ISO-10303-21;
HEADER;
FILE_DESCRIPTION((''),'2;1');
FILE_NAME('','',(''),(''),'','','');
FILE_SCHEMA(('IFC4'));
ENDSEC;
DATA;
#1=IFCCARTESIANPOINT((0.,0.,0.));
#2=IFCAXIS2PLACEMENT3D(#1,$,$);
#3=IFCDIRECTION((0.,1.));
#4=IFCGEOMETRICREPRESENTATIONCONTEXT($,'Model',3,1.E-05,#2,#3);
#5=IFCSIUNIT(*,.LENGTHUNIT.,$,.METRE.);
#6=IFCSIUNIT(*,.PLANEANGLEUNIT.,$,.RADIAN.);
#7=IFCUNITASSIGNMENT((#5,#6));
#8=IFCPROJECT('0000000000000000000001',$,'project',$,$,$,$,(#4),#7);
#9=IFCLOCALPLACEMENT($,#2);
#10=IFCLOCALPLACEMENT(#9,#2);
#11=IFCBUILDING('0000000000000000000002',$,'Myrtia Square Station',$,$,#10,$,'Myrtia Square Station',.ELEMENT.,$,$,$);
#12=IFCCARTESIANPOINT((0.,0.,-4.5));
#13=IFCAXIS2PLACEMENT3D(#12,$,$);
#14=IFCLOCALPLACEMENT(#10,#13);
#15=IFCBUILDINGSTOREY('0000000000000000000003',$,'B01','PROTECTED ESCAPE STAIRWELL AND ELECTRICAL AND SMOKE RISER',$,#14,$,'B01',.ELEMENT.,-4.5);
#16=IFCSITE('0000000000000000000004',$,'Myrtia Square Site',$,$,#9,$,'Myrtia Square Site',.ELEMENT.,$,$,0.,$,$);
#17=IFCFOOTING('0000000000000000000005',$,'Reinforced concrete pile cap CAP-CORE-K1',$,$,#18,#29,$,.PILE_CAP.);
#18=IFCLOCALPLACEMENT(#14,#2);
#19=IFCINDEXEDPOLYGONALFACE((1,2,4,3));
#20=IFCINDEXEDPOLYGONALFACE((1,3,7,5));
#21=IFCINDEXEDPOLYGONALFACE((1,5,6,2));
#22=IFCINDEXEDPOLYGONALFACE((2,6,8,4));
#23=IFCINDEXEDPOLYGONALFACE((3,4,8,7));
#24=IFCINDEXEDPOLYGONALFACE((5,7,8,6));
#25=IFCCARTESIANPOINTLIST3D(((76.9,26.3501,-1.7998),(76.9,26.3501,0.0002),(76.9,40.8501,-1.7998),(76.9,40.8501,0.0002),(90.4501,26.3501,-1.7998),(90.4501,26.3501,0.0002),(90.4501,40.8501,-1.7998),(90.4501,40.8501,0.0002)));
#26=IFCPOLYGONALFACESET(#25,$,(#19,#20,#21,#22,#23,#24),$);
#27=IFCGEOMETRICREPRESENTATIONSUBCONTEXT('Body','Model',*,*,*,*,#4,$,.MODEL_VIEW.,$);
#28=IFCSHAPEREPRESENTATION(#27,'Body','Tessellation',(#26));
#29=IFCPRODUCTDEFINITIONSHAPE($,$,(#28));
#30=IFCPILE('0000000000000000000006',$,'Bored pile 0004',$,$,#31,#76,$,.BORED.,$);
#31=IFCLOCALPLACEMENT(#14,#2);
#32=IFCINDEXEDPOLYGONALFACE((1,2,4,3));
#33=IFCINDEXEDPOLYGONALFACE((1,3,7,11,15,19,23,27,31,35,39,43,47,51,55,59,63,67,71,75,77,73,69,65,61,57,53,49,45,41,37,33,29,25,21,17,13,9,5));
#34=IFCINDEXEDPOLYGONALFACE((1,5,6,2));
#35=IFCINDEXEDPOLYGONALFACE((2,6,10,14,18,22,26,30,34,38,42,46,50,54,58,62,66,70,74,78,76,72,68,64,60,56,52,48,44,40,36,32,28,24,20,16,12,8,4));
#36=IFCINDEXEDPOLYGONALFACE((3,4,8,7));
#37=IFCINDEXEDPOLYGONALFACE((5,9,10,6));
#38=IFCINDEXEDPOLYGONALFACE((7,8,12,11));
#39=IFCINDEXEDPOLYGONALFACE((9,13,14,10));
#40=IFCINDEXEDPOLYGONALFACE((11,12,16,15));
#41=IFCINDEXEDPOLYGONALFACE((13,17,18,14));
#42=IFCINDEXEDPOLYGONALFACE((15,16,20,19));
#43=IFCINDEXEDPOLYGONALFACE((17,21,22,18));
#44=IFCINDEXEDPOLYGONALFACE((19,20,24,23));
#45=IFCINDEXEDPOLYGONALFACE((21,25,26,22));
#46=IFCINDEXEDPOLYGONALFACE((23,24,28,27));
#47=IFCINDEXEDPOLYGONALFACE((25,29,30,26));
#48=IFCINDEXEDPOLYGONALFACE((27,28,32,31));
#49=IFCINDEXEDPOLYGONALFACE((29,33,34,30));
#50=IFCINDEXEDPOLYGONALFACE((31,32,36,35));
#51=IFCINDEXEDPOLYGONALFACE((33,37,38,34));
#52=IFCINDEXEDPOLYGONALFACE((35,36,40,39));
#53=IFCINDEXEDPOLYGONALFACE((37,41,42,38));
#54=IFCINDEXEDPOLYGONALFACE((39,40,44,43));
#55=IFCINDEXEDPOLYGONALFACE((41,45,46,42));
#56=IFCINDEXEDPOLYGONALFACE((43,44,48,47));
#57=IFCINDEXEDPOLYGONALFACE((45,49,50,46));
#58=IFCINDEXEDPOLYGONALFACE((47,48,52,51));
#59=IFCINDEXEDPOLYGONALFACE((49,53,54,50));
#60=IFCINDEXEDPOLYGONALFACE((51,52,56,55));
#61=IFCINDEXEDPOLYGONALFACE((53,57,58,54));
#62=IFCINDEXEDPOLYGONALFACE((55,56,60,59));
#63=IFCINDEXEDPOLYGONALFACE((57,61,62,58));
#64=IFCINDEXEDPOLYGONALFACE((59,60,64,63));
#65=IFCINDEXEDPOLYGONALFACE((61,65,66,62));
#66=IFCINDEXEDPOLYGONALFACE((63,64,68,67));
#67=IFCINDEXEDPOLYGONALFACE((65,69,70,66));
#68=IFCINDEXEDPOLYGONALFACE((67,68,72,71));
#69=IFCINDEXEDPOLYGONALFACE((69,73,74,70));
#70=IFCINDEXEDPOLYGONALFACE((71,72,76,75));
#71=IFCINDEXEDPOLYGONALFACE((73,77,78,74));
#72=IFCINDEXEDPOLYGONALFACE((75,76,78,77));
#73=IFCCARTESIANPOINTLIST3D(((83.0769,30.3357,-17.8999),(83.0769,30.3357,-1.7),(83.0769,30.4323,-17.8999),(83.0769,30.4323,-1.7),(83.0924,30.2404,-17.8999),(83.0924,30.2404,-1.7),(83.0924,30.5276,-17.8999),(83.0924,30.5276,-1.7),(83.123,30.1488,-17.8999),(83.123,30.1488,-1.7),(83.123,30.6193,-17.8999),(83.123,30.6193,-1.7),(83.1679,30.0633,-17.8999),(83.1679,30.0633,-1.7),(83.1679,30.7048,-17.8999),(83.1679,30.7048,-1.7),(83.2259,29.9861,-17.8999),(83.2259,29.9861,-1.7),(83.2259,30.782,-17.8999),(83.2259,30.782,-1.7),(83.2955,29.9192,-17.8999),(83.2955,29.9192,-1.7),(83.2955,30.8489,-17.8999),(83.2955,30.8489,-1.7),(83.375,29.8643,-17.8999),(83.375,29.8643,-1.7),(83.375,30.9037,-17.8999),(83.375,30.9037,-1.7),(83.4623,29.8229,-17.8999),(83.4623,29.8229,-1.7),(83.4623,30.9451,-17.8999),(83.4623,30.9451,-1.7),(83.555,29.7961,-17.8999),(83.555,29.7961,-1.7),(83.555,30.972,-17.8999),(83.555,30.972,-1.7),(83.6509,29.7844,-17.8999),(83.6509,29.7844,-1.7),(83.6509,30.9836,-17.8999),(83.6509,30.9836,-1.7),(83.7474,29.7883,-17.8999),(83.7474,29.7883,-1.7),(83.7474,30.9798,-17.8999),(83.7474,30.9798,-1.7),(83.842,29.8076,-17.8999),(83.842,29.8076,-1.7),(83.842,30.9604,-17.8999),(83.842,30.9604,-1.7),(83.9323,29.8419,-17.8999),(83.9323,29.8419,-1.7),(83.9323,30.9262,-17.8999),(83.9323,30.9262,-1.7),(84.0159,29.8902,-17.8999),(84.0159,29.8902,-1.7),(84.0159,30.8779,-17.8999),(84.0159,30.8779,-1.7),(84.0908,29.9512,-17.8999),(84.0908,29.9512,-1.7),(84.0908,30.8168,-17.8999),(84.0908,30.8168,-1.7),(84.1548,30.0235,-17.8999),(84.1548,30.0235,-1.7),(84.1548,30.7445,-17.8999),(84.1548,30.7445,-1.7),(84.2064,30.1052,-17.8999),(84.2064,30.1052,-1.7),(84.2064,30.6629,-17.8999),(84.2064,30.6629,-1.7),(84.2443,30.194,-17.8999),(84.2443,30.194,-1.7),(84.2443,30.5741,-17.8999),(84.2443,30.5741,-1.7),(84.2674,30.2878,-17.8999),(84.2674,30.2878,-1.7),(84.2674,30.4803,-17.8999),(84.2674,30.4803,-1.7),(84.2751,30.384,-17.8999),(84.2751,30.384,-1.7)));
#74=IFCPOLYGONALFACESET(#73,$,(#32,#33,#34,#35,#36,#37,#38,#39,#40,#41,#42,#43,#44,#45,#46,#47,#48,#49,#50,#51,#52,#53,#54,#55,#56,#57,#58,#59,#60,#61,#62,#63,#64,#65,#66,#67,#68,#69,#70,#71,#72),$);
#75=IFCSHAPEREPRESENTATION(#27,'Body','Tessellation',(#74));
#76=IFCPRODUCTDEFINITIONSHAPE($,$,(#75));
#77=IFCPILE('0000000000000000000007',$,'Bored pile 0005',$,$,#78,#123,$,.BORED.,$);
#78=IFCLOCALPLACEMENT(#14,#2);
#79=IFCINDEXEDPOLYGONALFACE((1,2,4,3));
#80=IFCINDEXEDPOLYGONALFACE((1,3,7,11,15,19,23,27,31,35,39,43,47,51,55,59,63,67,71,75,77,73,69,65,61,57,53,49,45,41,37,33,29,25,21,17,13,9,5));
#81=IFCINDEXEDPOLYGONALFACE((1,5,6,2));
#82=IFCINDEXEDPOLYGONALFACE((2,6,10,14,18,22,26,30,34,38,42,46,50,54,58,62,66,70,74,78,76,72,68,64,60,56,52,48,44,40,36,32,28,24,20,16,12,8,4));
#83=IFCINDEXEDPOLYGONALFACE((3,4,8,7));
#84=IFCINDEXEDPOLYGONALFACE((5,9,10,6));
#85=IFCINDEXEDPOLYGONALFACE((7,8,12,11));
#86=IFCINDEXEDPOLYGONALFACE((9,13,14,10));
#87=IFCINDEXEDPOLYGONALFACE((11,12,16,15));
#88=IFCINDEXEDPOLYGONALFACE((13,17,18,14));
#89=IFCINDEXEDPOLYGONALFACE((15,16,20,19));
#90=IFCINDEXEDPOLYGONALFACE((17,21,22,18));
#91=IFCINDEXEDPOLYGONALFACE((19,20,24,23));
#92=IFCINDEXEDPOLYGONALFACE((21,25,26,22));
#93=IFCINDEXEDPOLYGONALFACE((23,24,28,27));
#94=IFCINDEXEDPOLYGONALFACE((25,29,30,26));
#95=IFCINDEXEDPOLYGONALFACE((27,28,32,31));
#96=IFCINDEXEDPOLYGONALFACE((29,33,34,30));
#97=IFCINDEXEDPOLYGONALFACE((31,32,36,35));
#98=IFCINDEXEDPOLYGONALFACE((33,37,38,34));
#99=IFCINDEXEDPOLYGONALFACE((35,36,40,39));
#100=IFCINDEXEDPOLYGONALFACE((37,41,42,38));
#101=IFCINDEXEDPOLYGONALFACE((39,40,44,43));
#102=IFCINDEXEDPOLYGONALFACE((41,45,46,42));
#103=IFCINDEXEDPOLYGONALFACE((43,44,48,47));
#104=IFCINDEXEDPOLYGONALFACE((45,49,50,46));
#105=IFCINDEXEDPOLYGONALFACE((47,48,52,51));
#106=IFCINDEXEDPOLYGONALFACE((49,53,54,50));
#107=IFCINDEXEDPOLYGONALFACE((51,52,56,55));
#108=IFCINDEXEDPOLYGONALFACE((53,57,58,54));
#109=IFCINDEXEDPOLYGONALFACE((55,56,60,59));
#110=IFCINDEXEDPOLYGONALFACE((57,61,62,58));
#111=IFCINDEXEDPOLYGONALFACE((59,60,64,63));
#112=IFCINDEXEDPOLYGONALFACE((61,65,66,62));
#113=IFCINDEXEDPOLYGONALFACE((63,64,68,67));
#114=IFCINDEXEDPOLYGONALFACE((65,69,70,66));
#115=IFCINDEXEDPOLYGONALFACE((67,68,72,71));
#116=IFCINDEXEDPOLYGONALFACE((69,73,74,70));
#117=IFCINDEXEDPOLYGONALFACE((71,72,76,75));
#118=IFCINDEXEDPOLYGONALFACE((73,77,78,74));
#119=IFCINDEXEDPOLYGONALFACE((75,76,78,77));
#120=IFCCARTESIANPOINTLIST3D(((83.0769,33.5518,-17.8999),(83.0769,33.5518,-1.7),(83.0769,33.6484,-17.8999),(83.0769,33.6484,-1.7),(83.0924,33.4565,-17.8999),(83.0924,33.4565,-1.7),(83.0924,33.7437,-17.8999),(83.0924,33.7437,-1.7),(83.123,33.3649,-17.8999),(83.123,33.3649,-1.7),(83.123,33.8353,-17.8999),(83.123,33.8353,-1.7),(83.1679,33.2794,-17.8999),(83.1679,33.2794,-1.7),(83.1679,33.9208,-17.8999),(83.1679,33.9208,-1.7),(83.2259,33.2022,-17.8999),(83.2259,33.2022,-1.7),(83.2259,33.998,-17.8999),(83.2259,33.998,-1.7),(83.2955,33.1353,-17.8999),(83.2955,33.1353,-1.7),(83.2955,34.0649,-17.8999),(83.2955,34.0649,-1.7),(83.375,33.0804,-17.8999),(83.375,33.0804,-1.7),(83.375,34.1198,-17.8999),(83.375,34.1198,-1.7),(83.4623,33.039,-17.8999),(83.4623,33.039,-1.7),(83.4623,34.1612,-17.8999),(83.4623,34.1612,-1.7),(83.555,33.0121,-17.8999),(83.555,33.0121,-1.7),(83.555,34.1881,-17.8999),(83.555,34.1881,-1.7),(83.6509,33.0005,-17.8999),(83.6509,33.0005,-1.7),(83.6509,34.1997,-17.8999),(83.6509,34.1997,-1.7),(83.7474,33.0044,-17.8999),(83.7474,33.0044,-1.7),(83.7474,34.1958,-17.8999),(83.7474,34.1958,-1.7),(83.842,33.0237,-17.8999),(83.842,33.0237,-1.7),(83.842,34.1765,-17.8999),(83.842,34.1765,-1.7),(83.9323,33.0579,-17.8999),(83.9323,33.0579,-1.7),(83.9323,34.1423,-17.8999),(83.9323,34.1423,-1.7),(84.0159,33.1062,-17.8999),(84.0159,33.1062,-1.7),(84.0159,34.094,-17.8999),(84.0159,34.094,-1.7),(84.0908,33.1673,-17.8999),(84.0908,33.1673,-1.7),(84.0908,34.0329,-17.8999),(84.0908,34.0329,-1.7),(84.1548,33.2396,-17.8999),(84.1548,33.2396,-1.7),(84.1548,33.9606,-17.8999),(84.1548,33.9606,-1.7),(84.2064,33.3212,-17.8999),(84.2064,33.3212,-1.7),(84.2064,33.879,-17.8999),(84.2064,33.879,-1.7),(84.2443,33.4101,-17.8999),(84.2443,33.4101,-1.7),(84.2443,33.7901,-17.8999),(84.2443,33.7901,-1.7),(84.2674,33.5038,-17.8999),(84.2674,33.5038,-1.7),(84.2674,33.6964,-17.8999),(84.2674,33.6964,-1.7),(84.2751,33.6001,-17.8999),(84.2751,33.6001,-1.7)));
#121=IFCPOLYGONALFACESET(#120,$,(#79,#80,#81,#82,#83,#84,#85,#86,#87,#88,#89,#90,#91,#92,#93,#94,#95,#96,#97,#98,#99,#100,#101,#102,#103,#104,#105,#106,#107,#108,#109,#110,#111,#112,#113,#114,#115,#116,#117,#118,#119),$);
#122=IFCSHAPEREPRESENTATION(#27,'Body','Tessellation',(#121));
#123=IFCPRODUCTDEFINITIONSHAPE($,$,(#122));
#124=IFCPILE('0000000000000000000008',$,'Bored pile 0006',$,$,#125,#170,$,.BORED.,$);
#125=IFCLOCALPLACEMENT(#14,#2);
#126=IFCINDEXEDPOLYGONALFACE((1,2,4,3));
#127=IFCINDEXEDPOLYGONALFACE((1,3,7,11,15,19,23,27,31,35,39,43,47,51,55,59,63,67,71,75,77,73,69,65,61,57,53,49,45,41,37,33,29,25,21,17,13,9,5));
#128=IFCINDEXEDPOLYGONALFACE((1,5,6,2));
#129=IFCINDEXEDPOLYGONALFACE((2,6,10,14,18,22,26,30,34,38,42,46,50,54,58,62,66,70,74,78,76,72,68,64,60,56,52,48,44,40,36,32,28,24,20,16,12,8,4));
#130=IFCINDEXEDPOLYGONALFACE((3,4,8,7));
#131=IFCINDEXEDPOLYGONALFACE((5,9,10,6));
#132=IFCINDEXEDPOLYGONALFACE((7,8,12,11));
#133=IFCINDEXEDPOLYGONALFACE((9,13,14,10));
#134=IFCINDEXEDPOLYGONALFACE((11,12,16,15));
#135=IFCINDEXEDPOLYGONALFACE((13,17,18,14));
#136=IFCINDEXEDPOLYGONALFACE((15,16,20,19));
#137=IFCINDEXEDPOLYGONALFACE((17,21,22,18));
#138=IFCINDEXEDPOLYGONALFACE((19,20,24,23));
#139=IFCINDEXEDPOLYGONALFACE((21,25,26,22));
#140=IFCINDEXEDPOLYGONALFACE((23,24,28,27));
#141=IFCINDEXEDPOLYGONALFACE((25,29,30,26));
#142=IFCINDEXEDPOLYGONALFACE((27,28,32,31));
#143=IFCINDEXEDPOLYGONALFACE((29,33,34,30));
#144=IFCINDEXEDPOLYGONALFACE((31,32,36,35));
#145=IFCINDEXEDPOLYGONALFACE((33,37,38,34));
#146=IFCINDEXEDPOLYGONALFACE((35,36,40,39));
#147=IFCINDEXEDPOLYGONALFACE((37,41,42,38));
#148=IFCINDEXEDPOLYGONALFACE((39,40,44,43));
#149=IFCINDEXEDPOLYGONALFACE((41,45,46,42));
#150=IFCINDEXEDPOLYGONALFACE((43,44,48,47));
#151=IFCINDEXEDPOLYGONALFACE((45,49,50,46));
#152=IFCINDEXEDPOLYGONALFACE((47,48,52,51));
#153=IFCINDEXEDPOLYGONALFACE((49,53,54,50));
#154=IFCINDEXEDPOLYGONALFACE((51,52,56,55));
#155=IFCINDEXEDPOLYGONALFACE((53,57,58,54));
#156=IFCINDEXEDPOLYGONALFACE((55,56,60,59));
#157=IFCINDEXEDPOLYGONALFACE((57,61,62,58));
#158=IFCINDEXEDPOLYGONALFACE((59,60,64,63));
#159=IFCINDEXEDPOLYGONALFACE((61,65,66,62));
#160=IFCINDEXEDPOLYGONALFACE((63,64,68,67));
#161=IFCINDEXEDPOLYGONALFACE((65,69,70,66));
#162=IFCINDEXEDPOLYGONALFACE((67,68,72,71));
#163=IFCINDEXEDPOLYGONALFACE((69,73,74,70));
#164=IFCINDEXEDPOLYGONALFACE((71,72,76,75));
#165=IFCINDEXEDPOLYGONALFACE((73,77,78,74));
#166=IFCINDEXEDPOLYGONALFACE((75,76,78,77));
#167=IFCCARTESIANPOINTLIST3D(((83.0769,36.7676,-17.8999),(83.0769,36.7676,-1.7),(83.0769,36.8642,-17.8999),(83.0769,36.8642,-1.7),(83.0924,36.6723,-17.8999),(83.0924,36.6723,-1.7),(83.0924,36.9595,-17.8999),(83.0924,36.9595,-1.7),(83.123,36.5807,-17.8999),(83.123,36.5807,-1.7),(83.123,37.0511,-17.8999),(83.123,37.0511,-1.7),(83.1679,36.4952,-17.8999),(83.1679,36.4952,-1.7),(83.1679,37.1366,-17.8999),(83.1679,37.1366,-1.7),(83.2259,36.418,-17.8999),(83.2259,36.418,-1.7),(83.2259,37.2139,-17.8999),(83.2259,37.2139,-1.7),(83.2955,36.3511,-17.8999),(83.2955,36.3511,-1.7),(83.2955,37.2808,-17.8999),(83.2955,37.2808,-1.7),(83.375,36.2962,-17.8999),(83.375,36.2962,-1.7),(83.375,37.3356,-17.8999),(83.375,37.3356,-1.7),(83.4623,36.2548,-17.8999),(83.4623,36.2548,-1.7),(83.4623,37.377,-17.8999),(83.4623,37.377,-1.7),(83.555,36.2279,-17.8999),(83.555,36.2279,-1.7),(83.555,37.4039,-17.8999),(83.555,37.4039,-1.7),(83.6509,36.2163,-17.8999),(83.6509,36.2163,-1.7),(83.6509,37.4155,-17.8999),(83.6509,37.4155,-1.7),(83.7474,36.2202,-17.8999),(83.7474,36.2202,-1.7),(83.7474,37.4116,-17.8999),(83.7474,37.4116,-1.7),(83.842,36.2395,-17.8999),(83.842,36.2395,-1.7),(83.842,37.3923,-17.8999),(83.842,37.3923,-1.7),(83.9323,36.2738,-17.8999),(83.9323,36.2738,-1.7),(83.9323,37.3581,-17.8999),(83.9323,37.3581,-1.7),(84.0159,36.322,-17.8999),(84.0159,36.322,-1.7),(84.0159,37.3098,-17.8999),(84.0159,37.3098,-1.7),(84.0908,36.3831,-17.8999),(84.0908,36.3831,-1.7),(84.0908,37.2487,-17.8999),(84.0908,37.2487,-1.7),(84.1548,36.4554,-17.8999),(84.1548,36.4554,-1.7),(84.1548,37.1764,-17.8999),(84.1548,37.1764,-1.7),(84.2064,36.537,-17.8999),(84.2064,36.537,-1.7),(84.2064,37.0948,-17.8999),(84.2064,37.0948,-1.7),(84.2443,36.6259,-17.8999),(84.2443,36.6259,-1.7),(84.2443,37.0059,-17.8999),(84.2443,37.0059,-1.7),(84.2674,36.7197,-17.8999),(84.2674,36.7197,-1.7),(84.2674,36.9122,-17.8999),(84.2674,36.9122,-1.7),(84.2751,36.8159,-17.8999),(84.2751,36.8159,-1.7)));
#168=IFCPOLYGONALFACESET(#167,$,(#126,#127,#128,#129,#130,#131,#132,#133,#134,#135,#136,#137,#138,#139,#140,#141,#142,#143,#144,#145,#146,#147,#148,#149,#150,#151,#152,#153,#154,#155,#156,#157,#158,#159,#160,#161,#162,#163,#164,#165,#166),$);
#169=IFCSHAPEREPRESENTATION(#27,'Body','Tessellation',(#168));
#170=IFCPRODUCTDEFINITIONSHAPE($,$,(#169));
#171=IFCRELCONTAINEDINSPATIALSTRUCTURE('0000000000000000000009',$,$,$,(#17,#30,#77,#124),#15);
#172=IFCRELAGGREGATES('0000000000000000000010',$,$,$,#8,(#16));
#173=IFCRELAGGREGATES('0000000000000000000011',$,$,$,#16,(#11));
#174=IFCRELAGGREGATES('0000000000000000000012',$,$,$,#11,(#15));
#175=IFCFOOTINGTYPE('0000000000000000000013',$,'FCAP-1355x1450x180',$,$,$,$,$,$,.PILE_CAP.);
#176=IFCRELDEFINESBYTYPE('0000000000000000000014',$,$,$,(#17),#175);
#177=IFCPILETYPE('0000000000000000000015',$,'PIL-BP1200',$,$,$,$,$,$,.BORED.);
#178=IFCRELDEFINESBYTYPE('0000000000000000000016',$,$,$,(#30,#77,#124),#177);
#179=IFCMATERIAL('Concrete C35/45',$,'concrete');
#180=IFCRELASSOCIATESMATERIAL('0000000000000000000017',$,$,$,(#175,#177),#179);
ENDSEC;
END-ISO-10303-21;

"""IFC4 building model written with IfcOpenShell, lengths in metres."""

from ifc_helpers import new_model, si_unit, direction, frame, origin, origin_2d, place, context, subcontext, project, spatial, rectangle, circle, extrude, material, material_profile, profile_set, type_object, element, save


model = new_model("IFC4")

# Units and contexts
model_context = context("Model", 3, precision=1e-05, world=origin(), true_north=direction((0.0, 1.0)))
body_context = subcontext(model_context, "Body", "Model", "MODEL_VIEW")
ifc_project = project(units=[si_unit("LENGTHUNIT", "METRE"), si_unit("PLANEANGLEUNIT", "RADIAN")], contexts=[model_context])

# Site, building, storey
site_placement = place(None, origin())
site = spatial("IfcSite", under=ifc_project, at=site_placement, Name="Myrtia Square Site", LongName="Myrtia Square Site", CompositionType="ELEMENT", RefElevation=0.0)
building_placement = place(site_placement, origin())
building = spatial("IfcBuilding", under=site, at=building_placement, Name="Myrtia Square Station", LongName="Myrtia Square Station", CompositionType="ELEMENT")
storey_placement = place(building_placement, frame((0.0, 0.0, -4.5)))
storey = spatial("IfcBuildingStorey", under=building, at=storey_placement, Name="B01", Description="PROTECTED ESCAPE STAIRWELL AND ELECTRICAL AND SMOKE RISER", LongName="B01", CompositionType="ELEMENT", Elevation=-4.5)

# Footing
ifc_material_1 = material(Name="Concrete C35/45", Category="concrete")
footing_type = type_object("IfcFootingType", Name="FCAP-1355x1450x180", PredefinedType="PILE_CAP", material=ifc_material_1)
footing_placement = place(storey_placement, frame((83.675, 33.6001, -1.7998), z_axis=(0.0, 0.0, 1.0), x_axis=(1.0, 0.0, 0.0)))
element("IfcFooting", 1, at=footing_placement, inside=storey, type_object=footing_type, Name="Reinforced concrete pile cap CAP-CORE-K1", PredefinedType="PILE_CAP", context=body_context, shape_type="SweptSolid", body=[
    extrude(rectangle(XDim=13.55, YDim=14.5, at=origin_2d()), origin(), (0.0, 0.0, 1.0), 1.8),
])

# Piles
ifc_material_profile_1 = material_profile(ifc_material_1, circle(Radius=0.6001, at=origin_2d()), Name="BP D1200")
ifc_profile_set_1 = profile_set([ifc_material_profile_1], Name="Concrete C35/45")
pile_type = type_object("IfcPileType", Name="PIL-BP1200", PredefinedType="BORED", material=ifc_profile_set_1)
for number, where, z_axis, x_axis, name in (
    (2, (83.675, 30.384, -1.7), (0.0, 0.0, -1.0), (1.0, 0.0, 0.0), "Bored pile 0004"),
    (3, (83.675, 33.6001, -1.7), (0.0, 0.0, -1.0), (1.0, 0.0, 0.0), "Bored pile 0005"),
    (4, (83.675, 36.8159, -1.7), (0.0, 0.0, -1.0), (1.0, 0.0, 0.0), "Bored pile 0006"),
):
    element("IfcPile", number, at=place(storey_placement, frame(where, z_axis=z_axis, x_axis=x_axis)), inside=storey, type_object=pile_type, Name=name, PredefinedType="BORED", context=body_context, shape_type="SweptSolid", body=[
        extrude(circle(Radius=0.6001, at=origin_2d()), origin(), (0.0, 0.0, 1.0), 16.2),
    ])

save(model, "model.ifc")
